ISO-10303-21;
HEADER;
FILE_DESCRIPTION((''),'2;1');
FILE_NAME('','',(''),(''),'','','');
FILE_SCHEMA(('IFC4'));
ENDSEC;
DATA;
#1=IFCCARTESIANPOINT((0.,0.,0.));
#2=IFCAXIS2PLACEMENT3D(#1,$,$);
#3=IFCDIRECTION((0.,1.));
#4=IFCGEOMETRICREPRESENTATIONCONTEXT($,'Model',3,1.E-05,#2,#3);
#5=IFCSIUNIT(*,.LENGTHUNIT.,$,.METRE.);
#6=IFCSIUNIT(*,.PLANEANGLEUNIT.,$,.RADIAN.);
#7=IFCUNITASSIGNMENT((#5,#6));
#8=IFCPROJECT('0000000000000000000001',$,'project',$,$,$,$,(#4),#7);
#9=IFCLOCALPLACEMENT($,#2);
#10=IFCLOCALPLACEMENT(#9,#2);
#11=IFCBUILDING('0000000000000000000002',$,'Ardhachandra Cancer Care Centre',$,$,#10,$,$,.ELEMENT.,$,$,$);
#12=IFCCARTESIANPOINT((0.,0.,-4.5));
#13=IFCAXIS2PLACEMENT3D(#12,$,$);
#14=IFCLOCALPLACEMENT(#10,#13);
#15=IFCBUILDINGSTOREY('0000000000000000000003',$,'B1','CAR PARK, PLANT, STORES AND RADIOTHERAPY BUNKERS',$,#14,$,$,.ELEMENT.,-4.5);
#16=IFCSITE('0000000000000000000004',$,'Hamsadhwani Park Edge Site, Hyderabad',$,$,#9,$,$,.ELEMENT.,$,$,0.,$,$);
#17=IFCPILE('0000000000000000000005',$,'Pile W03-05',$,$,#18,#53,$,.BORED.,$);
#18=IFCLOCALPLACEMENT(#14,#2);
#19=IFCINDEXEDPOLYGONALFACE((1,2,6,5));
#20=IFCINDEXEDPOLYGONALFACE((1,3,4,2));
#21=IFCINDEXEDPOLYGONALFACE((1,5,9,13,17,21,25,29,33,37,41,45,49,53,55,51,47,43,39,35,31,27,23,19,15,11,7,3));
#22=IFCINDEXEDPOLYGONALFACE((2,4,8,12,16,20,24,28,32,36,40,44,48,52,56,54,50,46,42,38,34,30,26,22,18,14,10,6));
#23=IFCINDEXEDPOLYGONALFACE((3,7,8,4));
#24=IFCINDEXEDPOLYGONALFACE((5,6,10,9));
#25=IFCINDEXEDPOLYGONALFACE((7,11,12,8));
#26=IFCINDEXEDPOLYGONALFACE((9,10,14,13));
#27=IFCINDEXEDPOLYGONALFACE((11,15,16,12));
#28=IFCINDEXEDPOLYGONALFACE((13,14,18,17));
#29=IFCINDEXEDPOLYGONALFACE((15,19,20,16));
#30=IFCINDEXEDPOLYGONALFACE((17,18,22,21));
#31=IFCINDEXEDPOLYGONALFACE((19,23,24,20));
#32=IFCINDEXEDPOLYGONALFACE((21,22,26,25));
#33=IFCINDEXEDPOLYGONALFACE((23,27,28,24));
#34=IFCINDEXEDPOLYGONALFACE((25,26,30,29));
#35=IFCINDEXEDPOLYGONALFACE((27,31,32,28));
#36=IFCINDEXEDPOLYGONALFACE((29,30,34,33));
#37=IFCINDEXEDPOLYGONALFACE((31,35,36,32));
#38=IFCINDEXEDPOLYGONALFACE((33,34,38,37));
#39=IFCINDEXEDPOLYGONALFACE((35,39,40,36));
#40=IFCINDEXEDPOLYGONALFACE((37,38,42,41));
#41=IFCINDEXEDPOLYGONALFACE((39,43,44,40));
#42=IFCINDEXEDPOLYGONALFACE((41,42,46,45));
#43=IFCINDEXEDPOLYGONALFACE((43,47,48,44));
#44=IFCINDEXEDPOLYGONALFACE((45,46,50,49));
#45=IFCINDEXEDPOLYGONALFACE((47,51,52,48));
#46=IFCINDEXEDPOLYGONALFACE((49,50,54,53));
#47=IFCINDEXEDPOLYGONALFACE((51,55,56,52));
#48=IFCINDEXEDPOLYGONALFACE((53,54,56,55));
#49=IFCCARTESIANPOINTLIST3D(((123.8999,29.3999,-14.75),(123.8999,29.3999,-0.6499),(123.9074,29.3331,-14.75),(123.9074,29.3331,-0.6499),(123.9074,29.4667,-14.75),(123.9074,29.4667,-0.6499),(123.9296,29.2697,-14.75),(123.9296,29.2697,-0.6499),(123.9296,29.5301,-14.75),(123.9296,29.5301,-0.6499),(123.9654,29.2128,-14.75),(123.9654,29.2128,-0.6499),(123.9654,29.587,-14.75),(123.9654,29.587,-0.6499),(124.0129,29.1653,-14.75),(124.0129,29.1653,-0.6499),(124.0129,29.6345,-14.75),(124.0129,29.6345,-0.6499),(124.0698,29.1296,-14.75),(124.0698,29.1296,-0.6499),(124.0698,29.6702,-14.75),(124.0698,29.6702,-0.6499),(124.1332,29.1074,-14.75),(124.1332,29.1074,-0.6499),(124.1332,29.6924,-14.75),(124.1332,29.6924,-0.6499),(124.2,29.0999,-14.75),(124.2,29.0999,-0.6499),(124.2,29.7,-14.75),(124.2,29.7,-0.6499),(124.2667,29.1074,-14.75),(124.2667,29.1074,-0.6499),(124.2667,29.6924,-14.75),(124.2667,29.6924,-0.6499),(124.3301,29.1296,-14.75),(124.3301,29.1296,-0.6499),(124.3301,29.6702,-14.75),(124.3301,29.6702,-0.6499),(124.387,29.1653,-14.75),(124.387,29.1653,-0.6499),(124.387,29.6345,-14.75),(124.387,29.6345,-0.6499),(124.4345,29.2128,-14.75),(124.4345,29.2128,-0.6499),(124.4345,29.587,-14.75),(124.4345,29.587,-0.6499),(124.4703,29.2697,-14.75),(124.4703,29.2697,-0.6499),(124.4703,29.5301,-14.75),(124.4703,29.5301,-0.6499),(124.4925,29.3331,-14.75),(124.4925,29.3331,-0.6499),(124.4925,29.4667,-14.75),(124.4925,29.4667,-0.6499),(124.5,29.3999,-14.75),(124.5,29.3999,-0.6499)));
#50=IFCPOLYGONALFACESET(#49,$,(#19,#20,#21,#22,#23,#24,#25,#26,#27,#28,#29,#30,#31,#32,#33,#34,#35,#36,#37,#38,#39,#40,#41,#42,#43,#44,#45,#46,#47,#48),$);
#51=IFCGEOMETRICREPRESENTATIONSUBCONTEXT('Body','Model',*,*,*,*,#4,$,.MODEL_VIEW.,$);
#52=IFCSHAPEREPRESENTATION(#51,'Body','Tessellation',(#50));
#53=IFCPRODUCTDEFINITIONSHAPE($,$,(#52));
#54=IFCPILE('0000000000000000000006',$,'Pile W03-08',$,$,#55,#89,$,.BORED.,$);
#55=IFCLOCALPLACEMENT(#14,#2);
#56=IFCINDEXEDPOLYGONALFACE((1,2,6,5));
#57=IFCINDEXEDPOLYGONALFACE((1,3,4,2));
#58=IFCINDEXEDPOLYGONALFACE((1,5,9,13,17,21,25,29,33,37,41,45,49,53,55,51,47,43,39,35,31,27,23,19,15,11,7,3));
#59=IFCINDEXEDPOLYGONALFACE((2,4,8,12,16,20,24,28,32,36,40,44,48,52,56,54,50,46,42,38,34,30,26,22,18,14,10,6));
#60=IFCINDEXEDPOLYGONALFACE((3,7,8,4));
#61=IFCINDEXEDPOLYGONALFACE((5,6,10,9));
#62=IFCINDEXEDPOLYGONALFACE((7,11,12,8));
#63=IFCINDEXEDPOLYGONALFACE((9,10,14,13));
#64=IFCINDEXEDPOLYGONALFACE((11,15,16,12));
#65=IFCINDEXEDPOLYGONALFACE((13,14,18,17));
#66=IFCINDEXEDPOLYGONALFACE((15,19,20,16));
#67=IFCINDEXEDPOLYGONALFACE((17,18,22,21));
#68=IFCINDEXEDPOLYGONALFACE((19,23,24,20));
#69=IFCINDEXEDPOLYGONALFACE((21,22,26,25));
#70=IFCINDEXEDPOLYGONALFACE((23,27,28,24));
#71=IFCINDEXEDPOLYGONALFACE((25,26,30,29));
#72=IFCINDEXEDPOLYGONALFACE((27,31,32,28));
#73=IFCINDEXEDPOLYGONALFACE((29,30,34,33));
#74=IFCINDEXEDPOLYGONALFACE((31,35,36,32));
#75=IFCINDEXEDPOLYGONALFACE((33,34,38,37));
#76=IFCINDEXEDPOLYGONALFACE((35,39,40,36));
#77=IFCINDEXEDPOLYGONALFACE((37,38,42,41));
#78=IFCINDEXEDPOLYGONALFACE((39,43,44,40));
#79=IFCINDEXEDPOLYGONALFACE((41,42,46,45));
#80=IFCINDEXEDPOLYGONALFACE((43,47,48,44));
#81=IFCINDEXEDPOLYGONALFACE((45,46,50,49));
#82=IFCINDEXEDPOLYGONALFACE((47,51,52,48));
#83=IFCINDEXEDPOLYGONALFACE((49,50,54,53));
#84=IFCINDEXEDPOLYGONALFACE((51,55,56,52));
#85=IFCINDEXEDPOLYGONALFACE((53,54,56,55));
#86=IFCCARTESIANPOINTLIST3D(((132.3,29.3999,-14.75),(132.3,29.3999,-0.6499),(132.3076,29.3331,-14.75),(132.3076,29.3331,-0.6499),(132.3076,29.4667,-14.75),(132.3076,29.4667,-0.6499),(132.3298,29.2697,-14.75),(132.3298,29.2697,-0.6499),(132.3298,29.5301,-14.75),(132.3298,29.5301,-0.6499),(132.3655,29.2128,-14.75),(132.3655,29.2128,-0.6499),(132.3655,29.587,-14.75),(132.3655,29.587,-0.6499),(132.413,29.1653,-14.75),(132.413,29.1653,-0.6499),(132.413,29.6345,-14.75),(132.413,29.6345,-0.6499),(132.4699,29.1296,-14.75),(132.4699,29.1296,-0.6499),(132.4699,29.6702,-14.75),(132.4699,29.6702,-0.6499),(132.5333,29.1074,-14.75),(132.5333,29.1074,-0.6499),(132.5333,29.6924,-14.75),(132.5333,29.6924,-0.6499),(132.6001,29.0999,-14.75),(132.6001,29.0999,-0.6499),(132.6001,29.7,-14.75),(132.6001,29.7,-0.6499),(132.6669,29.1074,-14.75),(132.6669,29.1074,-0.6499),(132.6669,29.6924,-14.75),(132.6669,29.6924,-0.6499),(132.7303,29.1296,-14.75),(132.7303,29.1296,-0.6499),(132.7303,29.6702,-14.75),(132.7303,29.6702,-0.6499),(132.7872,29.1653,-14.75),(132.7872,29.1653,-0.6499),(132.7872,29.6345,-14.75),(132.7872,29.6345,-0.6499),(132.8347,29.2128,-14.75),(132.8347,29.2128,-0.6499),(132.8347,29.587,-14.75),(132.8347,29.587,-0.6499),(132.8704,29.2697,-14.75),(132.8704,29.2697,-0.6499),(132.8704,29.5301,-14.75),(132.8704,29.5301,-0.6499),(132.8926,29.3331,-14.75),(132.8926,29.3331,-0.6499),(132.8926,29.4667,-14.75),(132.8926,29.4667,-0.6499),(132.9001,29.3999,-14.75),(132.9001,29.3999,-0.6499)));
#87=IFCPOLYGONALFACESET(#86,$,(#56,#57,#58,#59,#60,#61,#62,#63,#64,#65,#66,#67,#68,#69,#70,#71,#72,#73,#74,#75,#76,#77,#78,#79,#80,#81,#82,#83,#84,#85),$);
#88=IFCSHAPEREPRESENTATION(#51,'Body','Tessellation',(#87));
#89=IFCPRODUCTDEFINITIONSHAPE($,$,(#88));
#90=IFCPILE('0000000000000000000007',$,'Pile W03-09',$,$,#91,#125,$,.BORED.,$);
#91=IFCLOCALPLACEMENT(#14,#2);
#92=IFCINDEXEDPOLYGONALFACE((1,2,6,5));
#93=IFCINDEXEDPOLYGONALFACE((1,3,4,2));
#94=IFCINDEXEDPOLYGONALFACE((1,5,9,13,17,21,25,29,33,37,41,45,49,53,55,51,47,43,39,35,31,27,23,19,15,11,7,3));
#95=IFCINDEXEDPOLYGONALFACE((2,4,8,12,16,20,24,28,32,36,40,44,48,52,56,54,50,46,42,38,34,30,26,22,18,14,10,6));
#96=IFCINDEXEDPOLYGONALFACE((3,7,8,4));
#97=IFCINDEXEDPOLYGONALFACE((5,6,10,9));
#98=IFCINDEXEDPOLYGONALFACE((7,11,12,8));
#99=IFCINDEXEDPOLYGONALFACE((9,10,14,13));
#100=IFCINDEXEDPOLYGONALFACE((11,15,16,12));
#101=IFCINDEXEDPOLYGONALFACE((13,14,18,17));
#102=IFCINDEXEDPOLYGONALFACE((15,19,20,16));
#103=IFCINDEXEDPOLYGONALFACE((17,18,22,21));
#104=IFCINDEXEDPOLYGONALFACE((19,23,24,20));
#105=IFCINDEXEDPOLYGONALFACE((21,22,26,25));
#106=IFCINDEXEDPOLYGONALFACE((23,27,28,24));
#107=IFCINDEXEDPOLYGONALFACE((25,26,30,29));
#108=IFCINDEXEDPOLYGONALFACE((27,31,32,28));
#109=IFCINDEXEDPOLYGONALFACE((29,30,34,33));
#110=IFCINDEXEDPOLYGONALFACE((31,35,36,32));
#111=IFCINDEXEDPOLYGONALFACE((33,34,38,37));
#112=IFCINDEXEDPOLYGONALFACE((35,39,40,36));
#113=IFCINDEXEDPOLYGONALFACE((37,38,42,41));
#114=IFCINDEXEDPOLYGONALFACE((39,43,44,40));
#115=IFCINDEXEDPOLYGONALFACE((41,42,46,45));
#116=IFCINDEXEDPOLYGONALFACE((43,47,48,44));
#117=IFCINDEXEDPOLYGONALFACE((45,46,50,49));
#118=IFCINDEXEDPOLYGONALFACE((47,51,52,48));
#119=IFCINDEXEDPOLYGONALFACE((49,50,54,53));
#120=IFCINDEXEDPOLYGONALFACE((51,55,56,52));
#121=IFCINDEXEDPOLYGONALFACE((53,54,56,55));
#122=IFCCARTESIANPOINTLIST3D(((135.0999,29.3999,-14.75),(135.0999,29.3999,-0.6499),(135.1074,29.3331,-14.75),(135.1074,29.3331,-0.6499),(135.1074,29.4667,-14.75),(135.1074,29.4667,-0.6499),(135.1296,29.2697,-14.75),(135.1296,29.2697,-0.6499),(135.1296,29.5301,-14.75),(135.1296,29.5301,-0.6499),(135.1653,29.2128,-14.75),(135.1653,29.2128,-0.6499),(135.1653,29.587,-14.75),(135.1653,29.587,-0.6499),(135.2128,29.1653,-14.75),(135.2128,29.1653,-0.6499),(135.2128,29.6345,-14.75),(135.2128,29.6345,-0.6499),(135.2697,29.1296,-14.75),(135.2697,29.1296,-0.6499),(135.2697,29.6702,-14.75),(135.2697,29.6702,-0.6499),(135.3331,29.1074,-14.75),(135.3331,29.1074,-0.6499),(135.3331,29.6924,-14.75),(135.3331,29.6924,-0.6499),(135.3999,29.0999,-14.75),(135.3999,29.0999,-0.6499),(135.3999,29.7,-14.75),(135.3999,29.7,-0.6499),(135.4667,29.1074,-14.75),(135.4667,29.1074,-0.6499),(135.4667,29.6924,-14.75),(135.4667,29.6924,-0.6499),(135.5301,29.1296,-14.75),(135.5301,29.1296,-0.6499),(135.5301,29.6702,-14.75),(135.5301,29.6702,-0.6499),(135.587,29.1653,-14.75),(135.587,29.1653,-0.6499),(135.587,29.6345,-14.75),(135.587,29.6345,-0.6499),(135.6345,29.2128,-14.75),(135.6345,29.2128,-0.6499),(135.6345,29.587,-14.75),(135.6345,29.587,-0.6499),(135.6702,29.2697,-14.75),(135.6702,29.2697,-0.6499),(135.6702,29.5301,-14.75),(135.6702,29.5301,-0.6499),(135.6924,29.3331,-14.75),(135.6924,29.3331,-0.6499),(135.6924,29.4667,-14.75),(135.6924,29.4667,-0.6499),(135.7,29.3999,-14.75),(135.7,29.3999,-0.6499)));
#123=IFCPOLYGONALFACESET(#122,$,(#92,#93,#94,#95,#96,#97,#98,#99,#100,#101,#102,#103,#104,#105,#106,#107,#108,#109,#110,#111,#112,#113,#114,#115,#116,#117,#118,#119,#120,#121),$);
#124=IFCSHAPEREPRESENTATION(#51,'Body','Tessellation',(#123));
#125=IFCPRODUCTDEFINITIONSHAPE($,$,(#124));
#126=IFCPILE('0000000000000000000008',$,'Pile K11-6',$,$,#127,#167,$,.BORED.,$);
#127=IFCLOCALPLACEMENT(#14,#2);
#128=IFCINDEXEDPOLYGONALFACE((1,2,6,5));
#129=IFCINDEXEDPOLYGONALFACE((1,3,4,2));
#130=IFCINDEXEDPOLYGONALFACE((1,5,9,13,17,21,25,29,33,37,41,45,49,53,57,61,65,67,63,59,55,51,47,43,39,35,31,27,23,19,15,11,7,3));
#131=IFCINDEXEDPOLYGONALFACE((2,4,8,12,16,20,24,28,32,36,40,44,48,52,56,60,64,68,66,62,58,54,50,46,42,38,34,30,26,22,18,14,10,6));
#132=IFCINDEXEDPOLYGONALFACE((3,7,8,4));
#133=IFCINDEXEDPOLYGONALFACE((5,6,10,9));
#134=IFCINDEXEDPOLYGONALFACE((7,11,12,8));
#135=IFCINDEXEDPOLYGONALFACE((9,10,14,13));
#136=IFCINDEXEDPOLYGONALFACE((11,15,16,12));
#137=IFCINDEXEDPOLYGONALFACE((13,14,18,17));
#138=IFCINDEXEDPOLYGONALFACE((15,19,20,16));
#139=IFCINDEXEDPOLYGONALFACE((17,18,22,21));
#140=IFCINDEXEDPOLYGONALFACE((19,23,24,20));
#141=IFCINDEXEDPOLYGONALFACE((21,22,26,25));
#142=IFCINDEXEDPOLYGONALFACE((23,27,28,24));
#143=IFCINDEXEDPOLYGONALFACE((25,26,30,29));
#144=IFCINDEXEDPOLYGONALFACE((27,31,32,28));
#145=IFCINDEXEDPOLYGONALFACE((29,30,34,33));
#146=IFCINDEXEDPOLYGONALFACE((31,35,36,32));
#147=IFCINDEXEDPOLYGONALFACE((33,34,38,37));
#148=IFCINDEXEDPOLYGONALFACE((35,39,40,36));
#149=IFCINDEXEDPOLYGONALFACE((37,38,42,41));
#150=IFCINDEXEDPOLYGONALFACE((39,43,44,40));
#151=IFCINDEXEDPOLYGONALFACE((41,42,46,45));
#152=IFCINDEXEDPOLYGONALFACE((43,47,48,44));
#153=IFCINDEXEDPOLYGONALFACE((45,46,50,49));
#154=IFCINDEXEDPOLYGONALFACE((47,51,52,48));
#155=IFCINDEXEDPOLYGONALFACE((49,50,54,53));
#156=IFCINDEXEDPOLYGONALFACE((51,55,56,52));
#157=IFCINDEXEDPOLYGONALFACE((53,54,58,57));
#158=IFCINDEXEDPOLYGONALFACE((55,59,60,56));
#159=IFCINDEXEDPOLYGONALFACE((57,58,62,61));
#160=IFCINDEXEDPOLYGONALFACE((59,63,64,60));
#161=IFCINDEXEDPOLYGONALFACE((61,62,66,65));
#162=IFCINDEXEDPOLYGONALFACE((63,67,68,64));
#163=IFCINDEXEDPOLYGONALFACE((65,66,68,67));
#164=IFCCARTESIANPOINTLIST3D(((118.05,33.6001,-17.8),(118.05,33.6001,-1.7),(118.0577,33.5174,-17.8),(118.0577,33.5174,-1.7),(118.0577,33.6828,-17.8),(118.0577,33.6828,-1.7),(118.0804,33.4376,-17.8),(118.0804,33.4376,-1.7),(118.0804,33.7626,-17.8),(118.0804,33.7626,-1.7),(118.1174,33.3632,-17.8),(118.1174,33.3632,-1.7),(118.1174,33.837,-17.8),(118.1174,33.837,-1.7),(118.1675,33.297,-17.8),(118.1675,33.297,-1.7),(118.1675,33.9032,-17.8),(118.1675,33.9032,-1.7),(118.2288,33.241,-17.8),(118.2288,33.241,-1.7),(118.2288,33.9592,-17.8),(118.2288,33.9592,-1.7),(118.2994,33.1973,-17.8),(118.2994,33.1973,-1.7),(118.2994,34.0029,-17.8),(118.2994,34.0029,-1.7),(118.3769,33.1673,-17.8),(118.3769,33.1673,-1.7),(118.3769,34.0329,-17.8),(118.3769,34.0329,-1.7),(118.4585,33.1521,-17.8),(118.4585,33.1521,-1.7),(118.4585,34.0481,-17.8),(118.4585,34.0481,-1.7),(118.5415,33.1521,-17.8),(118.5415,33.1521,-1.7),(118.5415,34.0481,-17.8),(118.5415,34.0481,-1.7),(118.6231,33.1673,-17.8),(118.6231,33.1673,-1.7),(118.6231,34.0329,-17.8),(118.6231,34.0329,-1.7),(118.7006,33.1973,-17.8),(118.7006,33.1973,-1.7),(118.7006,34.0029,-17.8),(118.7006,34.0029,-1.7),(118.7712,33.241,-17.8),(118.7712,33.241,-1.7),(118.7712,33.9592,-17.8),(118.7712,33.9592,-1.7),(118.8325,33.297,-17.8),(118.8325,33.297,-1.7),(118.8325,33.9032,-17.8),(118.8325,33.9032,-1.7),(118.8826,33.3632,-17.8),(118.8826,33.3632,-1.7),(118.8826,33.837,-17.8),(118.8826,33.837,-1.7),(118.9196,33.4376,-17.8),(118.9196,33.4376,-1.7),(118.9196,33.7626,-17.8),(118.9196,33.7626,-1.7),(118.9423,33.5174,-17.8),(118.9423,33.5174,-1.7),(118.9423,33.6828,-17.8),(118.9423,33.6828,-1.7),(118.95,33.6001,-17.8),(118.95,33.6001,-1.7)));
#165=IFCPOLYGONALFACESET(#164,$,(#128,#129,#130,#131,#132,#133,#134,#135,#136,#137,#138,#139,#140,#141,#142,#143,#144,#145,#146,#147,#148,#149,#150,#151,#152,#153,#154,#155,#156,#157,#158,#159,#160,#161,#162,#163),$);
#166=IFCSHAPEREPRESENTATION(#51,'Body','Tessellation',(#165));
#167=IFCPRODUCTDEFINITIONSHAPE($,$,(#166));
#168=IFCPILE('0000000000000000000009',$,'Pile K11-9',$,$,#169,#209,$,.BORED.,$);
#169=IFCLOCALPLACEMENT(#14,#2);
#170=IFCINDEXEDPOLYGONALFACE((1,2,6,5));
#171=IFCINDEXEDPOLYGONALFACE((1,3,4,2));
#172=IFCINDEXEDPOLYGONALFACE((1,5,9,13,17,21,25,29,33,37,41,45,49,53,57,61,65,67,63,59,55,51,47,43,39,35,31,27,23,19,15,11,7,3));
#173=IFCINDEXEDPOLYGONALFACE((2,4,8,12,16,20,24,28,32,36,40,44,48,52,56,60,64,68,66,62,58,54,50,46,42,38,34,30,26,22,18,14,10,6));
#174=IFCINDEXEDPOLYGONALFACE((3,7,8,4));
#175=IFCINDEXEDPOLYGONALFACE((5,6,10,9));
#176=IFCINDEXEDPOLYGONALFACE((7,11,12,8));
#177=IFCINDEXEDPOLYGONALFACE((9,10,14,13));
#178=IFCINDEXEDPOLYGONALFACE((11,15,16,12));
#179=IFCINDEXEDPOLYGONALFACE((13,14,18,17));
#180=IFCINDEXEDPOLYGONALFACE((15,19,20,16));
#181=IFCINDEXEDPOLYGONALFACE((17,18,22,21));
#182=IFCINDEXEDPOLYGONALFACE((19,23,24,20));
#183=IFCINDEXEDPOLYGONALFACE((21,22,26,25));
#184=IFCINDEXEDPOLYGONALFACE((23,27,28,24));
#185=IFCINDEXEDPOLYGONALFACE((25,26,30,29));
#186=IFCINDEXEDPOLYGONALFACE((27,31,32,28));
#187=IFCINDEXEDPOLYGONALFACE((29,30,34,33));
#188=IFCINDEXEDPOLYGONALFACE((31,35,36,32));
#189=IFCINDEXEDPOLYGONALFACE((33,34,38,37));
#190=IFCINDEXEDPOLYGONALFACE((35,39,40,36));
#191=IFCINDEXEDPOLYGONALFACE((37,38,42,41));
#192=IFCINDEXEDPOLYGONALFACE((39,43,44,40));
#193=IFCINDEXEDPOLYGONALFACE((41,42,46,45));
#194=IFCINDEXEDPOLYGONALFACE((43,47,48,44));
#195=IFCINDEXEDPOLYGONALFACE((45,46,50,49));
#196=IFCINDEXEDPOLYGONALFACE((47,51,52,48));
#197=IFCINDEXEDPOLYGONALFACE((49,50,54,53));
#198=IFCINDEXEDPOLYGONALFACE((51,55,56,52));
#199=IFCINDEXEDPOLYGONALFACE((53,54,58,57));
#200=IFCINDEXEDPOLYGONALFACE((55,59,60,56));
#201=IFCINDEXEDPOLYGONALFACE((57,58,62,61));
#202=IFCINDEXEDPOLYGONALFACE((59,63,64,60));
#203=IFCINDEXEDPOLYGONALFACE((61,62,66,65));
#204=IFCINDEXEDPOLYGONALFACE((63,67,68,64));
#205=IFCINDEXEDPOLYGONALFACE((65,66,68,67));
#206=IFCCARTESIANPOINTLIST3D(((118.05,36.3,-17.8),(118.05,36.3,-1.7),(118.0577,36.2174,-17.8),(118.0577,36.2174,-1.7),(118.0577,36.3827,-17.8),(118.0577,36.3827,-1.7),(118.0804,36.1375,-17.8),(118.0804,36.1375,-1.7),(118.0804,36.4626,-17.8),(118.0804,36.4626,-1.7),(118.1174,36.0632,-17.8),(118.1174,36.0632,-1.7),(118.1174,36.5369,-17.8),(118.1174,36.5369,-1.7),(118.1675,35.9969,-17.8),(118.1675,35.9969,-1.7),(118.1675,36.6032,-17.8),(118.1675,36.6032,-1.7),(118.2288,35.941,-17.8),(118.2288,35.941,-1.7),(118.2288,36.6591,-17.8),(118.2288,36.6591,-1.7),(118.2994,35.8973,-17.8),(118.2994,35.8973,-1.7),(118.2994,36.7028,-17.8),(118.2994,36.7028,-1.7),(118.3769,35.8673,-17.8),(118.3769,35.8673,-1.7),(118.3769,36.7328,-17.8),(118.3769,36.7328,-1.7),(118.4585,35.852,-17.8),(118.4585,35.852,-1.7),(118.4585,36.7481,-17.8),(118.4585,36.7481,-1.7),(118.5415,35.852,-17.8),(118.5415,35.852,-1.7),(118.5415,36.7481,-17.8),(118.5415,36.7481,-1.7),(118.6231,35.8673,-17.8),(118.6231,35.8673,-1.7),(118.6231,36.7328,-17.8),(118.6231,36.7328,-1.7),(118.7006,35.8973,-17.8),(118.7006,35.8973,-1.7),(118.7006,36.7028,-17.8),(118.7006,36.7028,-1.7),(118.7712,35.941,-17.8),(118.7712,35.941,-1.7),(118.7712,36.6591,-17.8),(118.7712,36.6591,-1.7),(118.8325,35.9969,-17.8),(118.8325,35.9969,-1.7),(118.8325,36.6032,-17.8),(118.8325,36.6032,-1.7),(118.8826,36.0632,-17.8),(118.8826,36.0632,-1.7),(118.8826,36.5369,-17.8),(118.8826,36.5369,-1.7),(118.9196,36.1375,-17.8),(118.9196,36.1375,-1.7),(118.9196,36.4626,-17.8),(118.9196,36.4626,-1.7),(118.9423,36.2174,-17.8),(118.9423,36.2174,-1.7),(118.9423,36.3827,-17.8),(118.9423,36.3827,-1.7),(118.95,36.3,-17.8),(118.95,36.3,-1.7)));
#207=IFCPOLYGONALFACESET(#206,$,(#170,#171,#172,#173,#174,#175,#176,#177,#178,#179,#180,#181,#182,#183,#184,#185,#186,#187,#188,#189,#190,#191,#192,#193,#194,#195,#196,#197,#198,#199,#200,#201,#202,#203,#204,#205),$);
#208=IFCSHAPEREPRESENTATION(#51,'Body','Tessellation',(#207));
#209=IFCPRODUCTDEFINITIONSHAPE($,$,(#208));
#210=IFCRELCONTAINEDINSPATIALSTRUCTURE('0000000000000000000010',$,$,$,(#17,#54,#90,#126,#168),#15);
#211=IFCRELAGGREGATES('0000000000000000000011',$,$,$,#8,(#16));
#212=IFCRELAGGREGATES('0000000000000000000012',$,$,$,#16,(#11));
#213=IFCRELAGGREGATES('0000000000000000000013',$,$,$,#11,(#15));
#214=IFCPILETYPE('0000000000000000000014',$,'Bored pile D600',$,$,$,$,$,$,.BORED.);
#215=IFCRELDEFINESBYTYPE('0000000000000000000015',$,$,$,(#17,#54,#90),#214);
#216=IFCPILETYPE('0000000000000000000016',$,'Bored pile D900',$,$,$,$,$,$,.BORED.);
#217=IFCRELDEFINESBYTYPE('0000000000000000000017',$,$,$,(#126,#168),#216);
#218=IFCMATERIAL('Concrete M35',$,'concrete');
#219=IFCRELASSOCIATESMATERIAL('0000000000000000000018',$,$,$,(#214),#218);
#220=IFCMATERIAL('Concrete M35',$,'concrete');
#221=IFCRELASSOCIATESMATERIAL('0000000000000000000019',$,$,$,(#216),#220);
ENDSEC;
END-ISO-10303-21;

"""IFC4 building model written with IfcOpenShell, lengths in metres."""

from ifc_helpers import new_model, si_unit, direction, frame, origin, origin_2d, place, context, subcontext, project, spatial, circle, extrude, material, material_profile, profile_set, type_object, element, save


model = new_model("IFC4")

# Units and contexts
model_context = context("Model", 3, precision=1e-05, world=origin(), true_north=direction((0.0, 1.0)))
body_context = subcontext(model_context, "Body", "Model", "MODEL_VIEW")
ifc_project = project(units=[si_unit("LENGTHUNIT", "METRE"), si_unit("PLANEANGLEUNIT", "RADIAN")], contexts=[model_context])

# Site, building, storey
site_placement = place(None, origin())
site = spatial("IfcSite", under=ifc_project, at=site_placement, Name="Hamsadhwani Park Edge Site, Hyderabad", CompositionType="ELEMENT", RefElevation=0.0)
building_placement = place(site_placement, origin())
building = spatial("IfcBuilding", under=site, at=building_placement, Name="Ardhachandra Cancer Care Centre", CompositionType="ELEMENT")
storey_placement = place(building_placement, frame((0.0, 0.0, -4.5)))
storey = spatial("IfcBuildingStorey", under=building, at=storey_placement, Name="B1", Description="CAR PARK, PLANT, STORES AND RADIOTHERAPY BUNKERS", CompositionType="ELEMENT", Elevation=-4.5)

# Piles
ifc_material_1 = material(Name="Concrete M35", Category="concrete")
ifc_material_profile_1 = material_profile(ifc_material_1, circle(Radius=0.3, at=origin_2d()), Name="D600")
ifc_profile_set_1 = profile_set([ifc_material_profile_1], Name="Concrete M35")
pile_type_1 = type_object("IfcPileType", Name="Bored pile D600", PredefinedType="BORED", material=ifc_profile_set_1)
for number, where, z_axis, x_axis, name in (
    (1, (124.2, 29.3999, -0.6499), (0.0, 0.0, -1.0), (1.0, 0.0, 0.0), "Pile W03-05"),
    (2, (132.6001, 29.3999, -0.6499), (0.0, 0.0, -1.0), (1.0, 0.0, 0.0), "Pile W03-08"),
    (3, (135.3999, 29.3999, -0.6499), (0.0, 0.0, -1.0), (1.0, 0.0, 0.0), "Pile W03-09"),
):
    element("IfcPile", number, at=place(storey_placement, frame(where, z_axis=z_axis, x_axis=x_axis)), inside=storey, type_object=pile_type_1, Name=name, PredefinedType="BORED", context=body_context, shape_type="SweptSolid", body=[
        extrude(circle(Radius=0.3, at=origin_2d()), origin(), (0.0, 0.0, 1.0), 14.1001),
    ])
ifc_material_2 = material(Name="Concrete M35", Category="concrete")
ifc_material_profile_2 = material_profile(ifc_material_2, circle(Radius=0.45, at=origin_2d()), Name="D900")
ifc_profile_set_2 = profile_set([ifc_material_profile_2], Name="Concrete M35")
pile_type_2 = type_object("IfcPileType", Name="Bored pile D900", PredefinedType="BORED", material=ifc_profile_set_2)
for number, where, z_axis, x_axis, name in (
    (4, (118.5, 33.6001, -1.7), (0.0, 0.0, -1.0), (1.0, 0.0, 0.0), "Pile K11-6"),
    (5, (118.5, 36.3, -1.7), (0.0, 0.0, -1.0), (1.0, 0.0, 0.0), "Pile K11-9"),
):
    element("IfcPile", number, at=place(storey_placement, frame(where, z_axis=z_axis, x_axis=x_axis)), inside=storey, type_object=pile_type_2, Name=name, PredefinedType="BORED", context=body_context, shape_type="SweptSolid", body=[
        extrude(circle(Radius=0.45, at=origin_2d()), origin(), (0.0, 0.0, 1.0), 16.1001),
    ])

save(model, "model.ifc")
